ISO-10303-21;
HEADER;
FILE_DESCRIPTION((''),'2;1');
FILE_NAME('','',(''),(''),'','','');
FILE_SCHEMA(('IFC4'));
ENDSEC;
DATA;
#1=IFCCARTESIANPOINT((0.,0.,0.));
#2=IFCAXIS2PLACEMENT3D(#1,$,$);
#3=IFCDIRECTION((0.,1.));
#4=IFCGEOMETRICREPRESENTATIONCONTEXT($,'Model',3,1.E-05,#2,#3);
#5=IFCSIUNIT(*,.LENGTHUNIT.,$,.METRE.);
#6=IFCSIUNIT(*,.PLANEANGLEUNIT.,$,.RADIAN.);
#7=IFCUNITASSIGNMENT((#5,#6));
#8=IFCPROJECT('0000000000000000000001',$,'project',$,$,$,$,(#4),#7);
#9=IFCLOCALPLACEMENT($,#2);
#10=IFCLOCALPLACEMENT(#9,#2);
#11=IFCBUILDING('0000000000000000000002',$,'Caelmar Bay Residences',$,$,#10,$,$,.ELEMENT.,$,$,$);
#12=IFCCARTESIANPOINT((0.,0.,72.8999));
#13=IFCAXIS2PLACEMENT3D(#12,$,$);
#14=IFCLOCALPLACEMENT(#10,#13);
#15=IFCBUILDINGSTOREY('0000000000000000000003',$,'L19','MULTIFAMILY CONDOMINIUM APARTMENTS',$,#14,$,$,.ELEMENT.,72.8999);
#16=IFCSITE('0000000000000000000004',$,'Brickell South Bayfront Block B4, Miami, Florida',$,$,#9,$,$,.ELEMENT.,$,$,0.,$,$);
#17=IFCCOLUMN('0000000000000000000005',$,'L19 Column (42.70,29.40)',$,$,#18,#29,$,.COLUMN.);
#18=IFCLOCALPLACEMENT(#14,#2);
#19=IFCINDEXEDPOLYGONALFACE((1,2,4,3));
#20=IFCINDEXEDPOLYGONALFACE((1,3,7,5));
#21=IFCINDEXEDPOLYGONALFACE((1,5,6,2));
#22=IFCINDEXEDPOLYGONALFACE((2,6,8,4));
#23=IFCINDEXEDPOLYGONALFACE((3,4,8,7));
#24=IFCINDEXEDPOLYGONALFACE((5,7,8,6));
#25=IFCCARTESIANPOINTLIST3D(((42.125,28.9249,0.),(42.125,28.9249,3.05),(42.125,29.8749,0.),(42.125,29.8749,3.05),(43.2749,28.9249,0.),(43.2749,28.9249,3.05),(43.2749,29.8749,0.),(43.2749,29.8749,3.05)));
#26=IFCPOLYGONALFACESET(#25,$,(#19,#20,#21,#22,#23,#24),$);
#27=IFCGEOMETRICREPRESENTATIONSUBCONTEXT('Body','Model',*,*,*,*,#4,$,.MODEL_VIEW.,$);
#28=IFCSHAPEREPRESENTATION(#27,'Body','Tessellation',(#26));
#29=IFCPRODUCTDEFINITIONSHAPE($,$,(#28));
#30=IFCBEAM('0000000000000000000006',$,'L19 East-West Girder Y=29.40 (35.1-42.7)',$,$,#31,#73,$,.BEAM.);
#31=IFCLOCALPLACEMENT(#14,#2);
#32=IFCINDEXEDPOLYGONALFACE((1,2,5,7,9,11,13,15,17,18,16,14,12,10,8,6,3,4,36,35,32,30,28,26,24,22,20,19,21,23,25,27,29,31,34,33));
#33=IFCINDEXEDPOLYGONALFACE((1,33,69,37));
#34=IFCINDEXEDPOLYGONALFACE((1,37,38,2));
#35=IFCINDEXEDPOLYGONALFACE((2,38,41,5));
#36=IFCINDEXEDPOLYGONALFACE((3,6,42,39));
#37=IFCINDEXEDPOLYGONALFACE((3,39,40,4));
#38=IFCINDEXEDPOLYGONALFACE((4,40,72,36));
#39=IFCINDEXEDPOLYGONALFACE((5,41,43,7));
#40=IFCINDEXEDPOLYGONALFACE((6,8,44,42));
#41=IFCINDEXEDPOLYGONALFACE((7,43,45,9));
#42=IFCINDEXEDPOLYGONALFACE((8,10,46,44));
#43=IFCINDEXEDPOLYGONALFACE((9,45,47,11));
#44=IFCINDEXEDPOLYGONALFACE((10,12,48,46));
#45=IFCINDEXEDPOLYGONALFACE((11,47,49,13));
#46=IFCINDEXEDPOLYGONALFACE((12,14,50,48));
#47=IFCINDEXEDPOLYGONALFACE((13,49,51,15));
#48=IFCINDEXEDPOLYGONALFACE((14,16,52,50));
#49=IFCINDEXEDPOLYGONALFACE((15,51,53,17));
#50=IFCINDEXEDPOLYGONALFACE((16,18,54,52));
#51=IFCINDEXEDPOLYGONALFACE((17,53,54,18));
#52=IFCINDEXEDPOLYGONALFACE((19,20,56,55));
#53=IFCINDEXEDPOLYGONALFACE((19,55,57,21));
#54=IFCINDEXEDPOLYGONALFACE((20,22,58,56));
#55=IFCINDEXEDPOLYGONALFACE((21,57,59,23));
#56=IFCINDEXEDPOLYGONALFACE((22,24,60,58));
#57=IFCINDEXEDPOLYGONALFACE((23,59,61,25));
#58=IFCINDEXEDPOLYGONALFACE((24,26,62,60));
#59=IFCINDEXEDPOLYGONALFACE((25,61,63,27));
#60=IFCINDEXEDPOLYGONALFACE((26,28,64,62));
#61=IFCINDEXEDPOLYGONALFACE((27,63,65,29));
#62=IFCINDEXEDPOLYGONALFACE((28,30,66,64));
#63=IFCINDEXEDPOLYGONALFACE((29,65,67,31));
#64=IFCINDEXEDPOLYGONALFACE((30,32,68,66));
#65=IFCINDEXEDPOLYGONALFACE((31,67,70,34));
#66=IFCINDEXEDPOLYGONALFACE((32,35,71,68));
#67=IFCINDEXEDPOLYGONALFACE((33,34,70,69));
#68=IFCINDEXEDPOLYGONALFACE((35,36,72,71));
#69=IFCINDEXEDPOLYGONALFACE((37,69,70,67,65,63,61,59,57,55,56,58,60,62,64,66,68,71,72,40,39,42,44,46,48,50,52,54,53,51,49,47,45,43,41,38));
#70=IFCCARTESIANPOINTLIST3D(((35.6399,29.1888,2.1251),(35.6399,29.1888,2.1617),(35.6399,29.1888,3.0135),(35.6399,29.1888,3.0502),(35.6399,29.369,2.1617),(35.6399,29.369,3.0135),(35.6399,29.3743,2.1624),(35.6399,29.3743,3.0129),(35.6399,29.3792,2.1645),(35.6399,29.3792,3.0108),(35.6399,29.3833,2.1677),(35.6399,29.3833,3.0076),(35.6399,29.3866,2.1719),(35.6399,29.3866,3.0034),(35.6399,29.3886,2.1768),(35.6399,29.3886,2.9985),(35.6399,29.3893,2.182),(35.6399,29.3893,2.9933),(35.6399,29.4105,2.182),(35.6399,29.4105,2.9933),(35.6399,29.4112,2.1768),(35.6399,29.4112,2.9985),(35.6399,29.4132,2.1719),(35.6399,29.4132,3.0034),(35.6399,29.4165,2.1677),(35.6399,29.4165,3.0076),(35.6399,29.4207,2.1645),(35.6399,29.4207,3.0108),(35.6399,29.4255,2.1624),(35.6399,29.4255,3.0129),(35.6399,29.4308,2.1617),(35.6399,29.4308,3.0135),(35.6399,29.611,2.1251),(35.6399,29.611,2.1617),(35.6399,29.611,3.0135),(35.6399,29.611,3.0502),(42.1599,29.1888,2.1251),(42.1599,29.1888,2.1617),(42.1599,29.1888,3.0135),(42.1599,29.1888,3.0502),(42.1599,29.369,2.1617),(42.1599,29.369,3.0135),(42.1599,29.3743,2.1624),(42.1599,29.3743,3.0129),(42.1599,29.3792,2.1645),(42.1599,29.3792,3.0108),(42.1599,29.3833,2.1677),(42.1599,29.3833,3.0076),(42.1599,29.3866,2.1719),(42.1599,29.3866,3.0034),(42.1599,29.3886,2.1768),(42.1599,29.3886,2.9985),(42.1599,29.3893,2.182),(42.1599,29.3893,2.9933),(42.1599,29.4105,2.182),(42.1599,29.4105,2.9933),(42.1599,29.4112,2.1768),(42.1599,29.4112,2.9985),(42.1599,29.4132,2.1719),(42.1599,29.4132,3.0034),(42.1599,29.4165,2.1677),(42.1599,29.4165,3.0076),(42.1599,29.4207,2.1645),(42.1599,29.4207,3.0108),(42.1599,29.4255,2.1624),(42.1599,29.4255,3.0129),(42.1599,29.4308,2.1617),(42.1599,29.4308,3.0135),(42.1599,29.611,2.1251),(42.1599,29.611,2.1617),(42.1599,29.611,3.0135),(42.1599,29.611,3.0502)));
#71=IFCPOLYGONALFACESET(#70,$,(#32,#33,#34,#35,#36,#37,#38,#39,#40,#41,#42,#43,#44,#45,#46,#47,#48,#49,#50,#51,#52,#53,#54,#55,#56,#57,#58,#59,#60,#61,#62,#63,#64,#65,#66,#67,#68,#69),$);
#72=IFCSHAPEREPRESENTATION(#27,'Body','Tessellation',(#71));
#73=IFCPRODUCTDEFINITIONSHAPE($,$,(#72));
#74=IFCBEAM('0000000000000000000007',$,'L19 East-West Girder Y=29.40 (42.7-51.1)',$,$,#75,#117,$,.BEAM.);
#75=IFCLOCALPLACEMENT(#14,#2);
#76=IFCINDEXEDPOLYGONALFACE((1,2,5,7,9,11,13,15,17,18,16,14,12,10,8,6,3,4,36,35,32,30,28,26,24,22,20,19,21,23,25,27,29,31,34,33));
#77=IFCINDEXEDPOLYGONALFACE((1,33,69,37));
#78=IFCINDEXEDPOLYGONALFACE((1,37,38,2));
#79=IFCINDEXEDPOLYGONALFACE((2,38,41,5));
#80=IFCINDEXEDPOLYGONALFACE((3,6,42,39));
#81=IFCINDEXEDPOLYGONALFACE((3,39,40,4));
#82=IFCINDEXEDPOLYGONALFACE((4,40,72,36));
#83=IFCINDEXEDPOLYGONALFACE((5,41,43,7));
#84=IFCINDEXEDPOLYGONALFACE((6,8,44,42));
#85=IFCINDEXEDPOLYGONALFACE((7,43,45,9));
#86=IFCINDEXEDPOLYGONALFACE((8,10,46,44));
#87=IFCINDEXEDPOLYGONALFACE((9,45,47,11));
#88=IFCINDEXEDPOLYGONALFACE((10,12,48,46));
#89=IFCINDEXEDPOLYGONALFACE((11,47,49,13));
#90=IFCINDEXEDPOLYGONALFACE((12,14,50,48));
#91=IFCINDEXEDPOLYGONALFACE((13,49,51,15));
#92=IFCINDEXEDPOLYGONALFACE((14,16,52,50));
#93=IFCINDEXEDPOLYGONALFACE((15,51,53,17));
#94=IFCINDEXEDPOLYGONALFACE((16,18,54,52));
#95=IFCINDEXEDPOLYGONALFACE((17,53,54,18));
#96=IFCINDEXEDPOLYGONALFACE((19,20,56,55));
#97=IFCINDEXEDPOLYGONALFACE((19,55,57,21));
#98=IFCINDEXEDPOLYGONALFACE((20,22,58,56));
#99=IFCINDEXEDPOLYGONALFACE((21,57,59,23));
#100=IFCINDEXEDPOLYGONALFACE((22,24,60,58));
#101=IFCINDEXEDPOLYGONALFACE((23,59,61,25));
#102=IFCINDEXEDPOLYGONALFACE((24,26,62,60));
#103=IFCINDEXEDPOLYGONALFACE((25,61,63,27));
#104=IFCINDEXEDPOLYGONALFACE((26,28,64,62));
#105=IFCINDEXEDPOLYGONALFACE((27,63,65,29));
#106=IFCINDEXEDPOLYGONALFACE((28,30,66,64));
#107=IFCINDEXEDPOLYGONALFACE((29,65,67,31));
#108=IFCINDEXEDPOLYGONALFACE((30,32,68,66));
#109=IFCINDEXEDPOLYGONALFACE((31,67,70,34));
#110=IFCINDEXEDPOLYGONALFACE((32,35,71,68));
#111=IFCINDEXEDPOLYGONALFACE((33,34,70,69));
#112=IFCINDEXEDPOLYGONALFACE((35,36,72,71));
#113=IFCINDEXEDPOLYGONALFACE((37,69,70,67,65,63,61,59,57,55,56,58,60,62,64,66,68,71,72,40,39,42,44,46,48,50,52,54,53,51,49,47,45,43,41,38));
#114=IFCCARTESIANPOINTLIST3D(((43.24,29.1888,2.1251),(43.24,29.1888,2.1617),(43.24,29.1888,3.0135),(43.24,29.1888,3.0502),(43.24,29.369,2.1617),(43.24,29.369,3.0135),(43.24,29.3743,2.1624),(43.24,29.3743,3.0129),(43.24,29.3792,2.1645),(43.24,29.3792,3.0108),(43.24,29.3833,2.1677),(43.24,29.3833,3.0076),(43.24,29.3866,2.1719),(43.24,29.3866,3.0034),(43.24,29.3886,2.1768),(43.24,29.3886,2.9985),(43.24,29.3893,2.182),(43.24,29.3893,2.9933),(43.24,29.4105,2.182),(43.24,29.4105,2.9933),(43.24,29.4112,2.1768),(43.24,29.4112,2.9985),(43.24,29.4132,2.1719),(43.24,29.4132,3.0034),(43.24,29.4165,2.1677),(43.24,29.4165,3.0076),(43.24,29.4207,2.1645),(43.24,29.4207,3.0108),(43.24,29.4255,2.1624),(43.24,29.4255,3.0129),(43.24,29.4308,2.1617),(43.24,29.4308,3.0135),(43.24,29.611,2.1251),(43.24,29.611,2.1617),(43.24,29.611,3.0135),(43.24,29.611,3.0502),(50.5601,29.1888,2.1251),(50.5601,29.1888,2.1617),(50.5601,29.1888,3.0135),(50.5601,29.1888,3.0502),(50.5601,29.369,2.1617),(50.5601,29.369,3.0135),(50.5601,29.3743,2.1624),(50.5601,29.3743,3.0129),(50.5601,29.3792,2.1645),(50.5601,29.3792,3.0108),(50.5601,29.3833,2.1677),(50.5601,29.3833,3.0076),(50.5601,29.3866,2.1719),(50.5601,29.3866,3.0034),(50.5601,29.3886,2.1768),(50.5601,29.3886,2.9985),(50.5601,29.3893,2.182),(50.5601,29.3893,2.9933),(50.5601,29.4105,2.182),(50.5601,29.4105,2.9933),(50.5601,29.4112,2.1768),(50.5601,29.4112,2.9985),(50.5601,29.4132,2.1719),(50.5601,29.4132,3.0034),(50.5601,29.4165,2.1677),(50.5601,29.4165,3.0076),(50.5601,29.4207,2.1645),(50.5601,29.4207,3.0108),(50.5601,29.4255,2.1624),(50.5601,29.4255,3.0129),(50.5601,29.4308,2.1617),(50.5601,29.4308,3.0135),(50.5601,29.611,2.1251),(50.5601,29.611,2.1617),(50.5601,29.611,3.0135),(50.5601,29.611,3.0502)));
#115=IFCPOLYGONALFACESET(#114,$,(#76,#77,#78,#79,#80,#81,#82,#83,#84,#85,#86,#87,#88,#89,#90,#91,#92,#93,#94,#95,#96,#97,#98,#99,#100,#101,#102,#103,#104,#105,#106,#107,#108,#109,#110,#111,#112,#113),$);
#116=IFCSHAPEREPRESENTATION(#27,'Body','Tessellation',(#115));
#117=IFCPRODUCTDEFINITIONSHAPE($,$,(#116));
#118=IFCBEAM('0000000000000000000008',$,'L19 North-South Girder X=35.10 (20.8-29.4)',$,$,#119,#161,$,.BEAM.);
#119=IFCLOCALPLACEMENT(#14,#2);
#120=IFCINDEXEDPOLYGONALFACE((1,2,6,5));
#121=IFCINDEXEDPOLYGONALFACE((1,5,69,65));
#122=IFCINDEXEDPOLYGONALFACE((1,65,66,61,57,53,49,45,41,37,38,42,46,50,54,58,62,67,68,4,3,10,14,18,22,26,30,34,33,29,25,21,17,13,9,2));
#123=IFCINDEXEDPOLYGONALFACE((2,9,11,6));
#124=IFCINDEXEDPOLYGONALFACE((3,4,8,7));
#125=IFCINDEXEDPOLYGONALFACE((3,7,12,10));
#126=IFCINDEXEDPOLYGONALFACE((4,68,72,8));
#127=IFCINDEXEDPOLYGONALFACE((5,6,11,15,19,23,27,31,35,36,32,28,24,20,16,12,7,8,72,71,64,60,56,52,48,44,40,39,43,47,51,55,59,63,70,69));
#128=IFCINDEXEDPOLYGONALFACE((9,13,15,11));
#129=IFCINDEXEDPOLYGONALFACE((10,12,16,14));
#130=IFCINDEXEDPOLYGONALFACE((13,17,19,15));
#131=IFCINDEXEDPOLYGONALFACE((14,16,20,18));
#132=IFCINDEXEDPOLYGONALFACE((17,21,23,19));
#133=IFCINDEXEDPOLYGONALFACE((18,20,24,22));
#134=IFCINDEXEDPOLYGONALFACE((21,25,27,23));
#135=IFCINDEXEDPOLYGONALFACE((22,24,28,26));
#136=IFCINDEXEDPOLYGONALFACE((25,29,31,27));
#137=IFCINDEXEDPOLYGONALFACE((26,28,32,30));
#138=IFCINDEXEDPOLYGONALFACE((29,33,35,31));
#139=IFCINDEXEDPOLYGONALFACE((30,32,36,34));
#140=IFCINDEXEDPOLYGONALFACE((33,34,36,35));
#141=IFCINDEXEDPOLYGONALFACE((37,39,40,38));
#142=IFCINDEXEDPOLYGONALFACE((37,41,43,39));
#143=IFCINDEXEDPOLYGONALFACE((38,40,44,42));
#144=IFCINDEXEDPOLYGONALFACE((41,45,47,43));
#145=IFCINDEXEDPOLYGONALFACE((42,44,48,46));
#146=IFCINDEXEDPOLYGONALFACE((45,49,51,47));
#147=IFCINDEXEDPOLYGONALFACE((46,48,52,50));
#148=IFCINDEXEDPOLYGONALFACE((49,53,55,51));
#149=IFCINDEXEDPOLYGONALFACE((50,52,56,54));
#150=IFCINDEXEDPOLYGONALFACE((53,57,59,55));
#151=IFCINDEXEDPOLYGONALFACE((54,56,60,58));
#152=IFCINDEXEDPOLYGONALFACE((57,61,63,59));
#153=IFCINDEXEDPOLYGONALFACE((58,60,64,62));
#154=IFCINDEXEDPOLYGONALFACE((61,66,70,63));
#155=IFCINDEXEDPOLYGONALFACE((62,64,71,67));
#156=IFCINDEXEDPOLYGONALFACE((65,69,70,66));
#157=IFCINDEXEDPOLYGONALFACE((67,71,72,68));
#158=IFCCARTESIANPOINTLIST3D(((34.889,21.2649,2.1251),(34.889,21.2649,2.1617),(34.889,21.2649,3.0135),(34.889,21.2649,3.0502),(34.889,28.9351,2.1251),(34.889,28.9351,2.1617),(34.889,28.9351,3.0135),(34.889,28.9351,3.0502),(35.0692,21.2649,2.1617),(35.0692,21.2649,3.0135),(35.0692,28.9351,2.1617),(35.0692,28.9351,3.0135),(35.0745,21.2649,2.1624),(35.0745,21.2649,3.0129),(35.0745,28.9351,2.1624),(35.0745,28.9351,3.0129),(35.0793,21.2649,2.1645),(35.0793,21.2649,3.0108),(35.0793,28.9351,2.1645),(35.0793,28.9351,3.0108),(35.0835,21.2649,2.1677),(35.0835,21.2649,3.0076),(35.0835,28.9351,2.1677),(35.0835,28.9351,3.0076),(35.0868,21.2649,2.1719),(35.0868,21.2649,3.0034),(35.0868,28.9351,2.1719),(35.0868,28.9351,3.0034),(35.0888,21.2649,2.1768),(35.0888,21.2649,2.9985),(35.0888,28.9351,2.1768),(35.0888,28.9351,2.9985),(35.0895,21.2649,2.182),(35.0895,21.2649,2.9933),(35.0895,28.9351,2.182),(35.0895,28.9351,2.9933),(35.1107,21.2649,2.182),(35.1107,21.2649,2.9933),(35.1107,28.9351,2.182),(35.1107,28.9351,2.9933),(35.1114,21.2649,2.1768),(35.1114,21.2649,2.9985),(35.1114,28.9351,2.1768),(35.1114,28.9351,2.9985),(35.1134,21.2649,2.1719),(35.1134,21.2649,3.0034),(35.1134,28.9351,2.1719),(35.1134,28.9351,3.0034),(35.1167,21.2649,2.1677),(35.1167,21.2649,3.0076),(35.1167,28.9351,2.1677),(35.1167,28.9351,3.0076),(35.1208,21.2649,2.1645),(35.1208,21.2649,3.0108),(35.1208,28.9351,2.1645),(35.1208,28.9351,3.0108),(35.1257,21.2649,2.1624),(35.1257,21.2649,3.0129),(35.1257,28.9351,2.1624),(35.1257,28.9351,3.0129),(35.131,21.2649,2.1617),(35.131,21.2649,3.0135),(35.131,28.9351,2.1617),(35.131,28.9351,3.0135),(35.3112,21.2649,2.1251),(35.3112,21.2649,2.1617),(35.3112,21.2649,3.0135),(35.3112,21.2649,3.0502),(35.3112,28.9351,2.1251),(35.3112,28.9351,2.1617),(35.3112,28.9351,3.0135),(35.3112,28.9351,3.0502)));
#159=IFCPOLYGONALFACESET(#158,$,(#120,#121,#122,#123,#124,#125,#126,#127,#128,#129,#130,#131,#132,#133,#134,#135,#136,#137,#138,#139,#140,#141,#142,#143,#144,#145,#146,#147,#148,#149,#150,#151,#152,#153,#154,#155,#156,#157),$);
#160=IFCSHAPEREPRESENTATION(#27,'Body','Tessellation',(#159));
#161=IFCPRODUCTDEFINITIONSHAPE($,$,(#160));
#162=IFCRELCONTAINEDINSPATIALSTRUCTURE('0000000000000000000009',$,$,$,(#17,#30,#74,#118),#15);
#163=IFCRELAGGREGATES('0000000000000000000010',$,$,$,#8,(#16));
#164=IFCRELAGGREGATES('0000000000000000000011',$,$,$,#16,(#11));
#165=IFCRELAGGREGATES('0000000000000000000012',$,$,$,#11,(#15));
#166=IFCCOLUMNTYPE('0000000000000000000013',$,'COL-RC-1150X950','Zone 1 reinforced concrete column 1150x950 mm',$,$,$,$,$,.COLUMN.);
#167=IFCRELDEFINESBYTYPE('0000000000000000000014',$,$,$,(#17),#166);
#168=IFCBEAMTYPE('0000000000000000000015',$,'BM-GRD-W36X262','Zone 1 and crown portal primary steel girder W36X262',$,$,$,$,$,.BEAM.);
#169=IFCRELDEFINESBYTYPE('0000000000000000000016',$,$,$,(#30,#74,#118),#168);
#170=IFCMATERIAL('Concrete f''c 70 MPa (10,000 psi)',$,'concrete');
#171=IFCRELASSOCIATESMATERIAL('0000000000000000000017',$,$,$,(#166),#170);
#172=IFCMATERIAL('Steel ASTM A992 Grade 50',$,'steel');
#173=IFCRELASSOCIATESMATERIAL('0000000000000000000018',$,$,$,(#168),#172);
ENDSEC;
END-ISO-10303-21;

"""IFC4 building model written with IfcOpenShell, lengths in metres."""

from ifc_helpers import new_model, si_unit, direction, frame, origin, origin_2d, place, context, subcontext, project, spatial, rectangle, i_section, extrude, material, material_profile, profile_set, type_object, element, save


model = new_model("IFC4")

# Units and contexts
model_context = context("Model", 3, precision=1e-05, world=origin(), true_north=direction((0.0, 1.0)))
body_context = subcontext(model_context, "Body", "Model", "MODEL_VIEW")
ifc_project = project(units=[si_unit("LENGTHUNIT", "METRE"), si_unit("PLANEANGLEUNIT", "RADIAN")], contexts=[model_context])

# Site, building, storey
site_placement = place(None, origin())
site = spatial("IfcSite", under=ifc_project, at=site_placement, Name="Brickell South Bayfront Block B4, Miami, Florida", CompositionType="ELEMENT", RefElevation=0.0)
building_placement = place(site_placement, origin())
building = spatial("IfcBuilding", under=site, at=building_placement, Name="Caelmar Bay Residences", CompositionType="ELEMENT")
storey_placement = place(building_placement, frame((0.0, 0.0, 72.8999)))
storey = spatial("IfcBuildingStorey", under=building, at=storey_placement, Name="L19", Description="MULTIFAMILY CONDOMINIUM APARTMENTS", CompositionType="ELEMENT", Elevation=72.8999)

# Column
ifc_material_1 = material(Name="Concrete f'c 70 MPa (10,000 psi)", Category="concrete")
ifc_material_profile_1 = material_profile(ifc_material_1, rectangle(XDim=1.1499, YDim=0.95, at=origin_2d()), Name="RC-COL-1150X950")
ifc_profile_set_1 = profile_set([ifc_material_profile_1], Name="Concrete f'c 70 MPa (10,000 psi)")
column_type = type_object("IfcColumnType", Name="COL-RC-1150X950", Description="Zone 1 reinforced concrete column 1150x950 mm", PredefinedType="COLUMN", material=ifc_profile_set_1)
column_placement = place(storey_placement, frame((42.7, 29.3999, 0.0), z_axis=(0.0, 0.0, 1.0), x_axis=(1.0, 0.0, 0.0)))
element("IfcColumn", 1, at=column_placement, inside=storey, type_object=column_type, Name="L19 Column (42.70,29.40)", PredefinedType="COLUMN", context=body_context, shape_type="SweptSolid", body=[
    extrude(rectangle(XDim=1.1499, YDim=0.95, at=origin_2d()), origin(), (0.0, 0.0, 1.0), 3.05),
])

# Beams
ifc_material_2 = material(Name="Steel ASTM A992 Grade 50", Category="steel")
ifc_material_profile_2 = material_profile(ifc_material_2, i_section(OverallWidth=0.4221, OverallDepth=0.925, WebThickness=0.0212, FlangeThickness=0.0366, FilletRadius=0.0203, at=origin_2d()), Name="W36X262")
ifc_profile_set_2 = profile_set([ifc_material_profile_2], Name="Steel ASTM A992 Grade 50")
beam_type_1 = type_object("IfcBeamType", Name="BM-GRD-W36X262", Description="Zone 1 and crown portal primary steel girder W36X262", PredefinedType="BEAM", material=ifc_profile_set_2)
beam_1_placement = place(storey_placement, frame((35.6399, 29.3999, 2.5876), z_axis=(1.0, 0.0, 0.0), x_axis=(0.0, 1.0, 0.0)))
element("IfcBeam", 2, at=beam_1_placement, inside=storey, type_object=beam_type_1, Name="L19 East-West Girder Y=29.40 (35.1-42.7)", PredefinedType="BEAM", context=body_context, shape_type="SweptSolid", body=[
    extrude(i_section(OverallWidth=0.4221, OverallDepth=0.925, WebThickness=0.0212, FlangeThickness=0.0366, FilletRadius=0.0203, at=origin_2d()), origin(), (0.0, 0.0, 1.0), 6.52),
])
beam_2_placement = place(storey_placement, frame((43.24, 29.3999, 2.5876), z_axis=(1.0, 0.0, 0.0), x_axis=(0.0, 1.0, 0.0)))
element("IfcBeam", 3, at=beam_2_placement, inside=storey, type_object=beam_type_1, Name="L19 East-West Girder Y=29.40 (42.7-51.1)", PredefinedType="BEAM", context=body_context, shape_type="SweptSolid", body=[
    extrude(i_section(OverallWidth=0.4221, OverallDepth=0.925, WebThickness=0.0212, FlangeThickness=0.0366, FilletRadius=0.0203, at=origin_2d()), origin(), (0.0, 0.0, 1.0), 7.3201),
])
for number, where, z_axis, x_axis, name in (
    (4, (35.1001, 21.2649, 2.5876), (0.0, 1.0, 0.0), (-1.0, 0.0, 0.0), "L19 North-South Girder X=35.10 (20.8-29.4)"),
):
    element("IfcBeam", number, at=place(storey_placement, frame(where, z_axis=z_axis, x_axis=x_axis)), inside=storey, type_object=beam_type_1, Name=name, PredefinedType="BEAM", context=body_context, shape_type="SweptSolid", body=[
        extrude(i_section(OverallWidth=0.4221, OverallDepth=0.925, WebThickness=0.0212, FlangeThickness=0.0366, FilletRadius=0.0203, at=origin_2d()), origin(), (0.0, 0.0, 1.0), 7.6702),
    ])

save(model, "model.ifc")
